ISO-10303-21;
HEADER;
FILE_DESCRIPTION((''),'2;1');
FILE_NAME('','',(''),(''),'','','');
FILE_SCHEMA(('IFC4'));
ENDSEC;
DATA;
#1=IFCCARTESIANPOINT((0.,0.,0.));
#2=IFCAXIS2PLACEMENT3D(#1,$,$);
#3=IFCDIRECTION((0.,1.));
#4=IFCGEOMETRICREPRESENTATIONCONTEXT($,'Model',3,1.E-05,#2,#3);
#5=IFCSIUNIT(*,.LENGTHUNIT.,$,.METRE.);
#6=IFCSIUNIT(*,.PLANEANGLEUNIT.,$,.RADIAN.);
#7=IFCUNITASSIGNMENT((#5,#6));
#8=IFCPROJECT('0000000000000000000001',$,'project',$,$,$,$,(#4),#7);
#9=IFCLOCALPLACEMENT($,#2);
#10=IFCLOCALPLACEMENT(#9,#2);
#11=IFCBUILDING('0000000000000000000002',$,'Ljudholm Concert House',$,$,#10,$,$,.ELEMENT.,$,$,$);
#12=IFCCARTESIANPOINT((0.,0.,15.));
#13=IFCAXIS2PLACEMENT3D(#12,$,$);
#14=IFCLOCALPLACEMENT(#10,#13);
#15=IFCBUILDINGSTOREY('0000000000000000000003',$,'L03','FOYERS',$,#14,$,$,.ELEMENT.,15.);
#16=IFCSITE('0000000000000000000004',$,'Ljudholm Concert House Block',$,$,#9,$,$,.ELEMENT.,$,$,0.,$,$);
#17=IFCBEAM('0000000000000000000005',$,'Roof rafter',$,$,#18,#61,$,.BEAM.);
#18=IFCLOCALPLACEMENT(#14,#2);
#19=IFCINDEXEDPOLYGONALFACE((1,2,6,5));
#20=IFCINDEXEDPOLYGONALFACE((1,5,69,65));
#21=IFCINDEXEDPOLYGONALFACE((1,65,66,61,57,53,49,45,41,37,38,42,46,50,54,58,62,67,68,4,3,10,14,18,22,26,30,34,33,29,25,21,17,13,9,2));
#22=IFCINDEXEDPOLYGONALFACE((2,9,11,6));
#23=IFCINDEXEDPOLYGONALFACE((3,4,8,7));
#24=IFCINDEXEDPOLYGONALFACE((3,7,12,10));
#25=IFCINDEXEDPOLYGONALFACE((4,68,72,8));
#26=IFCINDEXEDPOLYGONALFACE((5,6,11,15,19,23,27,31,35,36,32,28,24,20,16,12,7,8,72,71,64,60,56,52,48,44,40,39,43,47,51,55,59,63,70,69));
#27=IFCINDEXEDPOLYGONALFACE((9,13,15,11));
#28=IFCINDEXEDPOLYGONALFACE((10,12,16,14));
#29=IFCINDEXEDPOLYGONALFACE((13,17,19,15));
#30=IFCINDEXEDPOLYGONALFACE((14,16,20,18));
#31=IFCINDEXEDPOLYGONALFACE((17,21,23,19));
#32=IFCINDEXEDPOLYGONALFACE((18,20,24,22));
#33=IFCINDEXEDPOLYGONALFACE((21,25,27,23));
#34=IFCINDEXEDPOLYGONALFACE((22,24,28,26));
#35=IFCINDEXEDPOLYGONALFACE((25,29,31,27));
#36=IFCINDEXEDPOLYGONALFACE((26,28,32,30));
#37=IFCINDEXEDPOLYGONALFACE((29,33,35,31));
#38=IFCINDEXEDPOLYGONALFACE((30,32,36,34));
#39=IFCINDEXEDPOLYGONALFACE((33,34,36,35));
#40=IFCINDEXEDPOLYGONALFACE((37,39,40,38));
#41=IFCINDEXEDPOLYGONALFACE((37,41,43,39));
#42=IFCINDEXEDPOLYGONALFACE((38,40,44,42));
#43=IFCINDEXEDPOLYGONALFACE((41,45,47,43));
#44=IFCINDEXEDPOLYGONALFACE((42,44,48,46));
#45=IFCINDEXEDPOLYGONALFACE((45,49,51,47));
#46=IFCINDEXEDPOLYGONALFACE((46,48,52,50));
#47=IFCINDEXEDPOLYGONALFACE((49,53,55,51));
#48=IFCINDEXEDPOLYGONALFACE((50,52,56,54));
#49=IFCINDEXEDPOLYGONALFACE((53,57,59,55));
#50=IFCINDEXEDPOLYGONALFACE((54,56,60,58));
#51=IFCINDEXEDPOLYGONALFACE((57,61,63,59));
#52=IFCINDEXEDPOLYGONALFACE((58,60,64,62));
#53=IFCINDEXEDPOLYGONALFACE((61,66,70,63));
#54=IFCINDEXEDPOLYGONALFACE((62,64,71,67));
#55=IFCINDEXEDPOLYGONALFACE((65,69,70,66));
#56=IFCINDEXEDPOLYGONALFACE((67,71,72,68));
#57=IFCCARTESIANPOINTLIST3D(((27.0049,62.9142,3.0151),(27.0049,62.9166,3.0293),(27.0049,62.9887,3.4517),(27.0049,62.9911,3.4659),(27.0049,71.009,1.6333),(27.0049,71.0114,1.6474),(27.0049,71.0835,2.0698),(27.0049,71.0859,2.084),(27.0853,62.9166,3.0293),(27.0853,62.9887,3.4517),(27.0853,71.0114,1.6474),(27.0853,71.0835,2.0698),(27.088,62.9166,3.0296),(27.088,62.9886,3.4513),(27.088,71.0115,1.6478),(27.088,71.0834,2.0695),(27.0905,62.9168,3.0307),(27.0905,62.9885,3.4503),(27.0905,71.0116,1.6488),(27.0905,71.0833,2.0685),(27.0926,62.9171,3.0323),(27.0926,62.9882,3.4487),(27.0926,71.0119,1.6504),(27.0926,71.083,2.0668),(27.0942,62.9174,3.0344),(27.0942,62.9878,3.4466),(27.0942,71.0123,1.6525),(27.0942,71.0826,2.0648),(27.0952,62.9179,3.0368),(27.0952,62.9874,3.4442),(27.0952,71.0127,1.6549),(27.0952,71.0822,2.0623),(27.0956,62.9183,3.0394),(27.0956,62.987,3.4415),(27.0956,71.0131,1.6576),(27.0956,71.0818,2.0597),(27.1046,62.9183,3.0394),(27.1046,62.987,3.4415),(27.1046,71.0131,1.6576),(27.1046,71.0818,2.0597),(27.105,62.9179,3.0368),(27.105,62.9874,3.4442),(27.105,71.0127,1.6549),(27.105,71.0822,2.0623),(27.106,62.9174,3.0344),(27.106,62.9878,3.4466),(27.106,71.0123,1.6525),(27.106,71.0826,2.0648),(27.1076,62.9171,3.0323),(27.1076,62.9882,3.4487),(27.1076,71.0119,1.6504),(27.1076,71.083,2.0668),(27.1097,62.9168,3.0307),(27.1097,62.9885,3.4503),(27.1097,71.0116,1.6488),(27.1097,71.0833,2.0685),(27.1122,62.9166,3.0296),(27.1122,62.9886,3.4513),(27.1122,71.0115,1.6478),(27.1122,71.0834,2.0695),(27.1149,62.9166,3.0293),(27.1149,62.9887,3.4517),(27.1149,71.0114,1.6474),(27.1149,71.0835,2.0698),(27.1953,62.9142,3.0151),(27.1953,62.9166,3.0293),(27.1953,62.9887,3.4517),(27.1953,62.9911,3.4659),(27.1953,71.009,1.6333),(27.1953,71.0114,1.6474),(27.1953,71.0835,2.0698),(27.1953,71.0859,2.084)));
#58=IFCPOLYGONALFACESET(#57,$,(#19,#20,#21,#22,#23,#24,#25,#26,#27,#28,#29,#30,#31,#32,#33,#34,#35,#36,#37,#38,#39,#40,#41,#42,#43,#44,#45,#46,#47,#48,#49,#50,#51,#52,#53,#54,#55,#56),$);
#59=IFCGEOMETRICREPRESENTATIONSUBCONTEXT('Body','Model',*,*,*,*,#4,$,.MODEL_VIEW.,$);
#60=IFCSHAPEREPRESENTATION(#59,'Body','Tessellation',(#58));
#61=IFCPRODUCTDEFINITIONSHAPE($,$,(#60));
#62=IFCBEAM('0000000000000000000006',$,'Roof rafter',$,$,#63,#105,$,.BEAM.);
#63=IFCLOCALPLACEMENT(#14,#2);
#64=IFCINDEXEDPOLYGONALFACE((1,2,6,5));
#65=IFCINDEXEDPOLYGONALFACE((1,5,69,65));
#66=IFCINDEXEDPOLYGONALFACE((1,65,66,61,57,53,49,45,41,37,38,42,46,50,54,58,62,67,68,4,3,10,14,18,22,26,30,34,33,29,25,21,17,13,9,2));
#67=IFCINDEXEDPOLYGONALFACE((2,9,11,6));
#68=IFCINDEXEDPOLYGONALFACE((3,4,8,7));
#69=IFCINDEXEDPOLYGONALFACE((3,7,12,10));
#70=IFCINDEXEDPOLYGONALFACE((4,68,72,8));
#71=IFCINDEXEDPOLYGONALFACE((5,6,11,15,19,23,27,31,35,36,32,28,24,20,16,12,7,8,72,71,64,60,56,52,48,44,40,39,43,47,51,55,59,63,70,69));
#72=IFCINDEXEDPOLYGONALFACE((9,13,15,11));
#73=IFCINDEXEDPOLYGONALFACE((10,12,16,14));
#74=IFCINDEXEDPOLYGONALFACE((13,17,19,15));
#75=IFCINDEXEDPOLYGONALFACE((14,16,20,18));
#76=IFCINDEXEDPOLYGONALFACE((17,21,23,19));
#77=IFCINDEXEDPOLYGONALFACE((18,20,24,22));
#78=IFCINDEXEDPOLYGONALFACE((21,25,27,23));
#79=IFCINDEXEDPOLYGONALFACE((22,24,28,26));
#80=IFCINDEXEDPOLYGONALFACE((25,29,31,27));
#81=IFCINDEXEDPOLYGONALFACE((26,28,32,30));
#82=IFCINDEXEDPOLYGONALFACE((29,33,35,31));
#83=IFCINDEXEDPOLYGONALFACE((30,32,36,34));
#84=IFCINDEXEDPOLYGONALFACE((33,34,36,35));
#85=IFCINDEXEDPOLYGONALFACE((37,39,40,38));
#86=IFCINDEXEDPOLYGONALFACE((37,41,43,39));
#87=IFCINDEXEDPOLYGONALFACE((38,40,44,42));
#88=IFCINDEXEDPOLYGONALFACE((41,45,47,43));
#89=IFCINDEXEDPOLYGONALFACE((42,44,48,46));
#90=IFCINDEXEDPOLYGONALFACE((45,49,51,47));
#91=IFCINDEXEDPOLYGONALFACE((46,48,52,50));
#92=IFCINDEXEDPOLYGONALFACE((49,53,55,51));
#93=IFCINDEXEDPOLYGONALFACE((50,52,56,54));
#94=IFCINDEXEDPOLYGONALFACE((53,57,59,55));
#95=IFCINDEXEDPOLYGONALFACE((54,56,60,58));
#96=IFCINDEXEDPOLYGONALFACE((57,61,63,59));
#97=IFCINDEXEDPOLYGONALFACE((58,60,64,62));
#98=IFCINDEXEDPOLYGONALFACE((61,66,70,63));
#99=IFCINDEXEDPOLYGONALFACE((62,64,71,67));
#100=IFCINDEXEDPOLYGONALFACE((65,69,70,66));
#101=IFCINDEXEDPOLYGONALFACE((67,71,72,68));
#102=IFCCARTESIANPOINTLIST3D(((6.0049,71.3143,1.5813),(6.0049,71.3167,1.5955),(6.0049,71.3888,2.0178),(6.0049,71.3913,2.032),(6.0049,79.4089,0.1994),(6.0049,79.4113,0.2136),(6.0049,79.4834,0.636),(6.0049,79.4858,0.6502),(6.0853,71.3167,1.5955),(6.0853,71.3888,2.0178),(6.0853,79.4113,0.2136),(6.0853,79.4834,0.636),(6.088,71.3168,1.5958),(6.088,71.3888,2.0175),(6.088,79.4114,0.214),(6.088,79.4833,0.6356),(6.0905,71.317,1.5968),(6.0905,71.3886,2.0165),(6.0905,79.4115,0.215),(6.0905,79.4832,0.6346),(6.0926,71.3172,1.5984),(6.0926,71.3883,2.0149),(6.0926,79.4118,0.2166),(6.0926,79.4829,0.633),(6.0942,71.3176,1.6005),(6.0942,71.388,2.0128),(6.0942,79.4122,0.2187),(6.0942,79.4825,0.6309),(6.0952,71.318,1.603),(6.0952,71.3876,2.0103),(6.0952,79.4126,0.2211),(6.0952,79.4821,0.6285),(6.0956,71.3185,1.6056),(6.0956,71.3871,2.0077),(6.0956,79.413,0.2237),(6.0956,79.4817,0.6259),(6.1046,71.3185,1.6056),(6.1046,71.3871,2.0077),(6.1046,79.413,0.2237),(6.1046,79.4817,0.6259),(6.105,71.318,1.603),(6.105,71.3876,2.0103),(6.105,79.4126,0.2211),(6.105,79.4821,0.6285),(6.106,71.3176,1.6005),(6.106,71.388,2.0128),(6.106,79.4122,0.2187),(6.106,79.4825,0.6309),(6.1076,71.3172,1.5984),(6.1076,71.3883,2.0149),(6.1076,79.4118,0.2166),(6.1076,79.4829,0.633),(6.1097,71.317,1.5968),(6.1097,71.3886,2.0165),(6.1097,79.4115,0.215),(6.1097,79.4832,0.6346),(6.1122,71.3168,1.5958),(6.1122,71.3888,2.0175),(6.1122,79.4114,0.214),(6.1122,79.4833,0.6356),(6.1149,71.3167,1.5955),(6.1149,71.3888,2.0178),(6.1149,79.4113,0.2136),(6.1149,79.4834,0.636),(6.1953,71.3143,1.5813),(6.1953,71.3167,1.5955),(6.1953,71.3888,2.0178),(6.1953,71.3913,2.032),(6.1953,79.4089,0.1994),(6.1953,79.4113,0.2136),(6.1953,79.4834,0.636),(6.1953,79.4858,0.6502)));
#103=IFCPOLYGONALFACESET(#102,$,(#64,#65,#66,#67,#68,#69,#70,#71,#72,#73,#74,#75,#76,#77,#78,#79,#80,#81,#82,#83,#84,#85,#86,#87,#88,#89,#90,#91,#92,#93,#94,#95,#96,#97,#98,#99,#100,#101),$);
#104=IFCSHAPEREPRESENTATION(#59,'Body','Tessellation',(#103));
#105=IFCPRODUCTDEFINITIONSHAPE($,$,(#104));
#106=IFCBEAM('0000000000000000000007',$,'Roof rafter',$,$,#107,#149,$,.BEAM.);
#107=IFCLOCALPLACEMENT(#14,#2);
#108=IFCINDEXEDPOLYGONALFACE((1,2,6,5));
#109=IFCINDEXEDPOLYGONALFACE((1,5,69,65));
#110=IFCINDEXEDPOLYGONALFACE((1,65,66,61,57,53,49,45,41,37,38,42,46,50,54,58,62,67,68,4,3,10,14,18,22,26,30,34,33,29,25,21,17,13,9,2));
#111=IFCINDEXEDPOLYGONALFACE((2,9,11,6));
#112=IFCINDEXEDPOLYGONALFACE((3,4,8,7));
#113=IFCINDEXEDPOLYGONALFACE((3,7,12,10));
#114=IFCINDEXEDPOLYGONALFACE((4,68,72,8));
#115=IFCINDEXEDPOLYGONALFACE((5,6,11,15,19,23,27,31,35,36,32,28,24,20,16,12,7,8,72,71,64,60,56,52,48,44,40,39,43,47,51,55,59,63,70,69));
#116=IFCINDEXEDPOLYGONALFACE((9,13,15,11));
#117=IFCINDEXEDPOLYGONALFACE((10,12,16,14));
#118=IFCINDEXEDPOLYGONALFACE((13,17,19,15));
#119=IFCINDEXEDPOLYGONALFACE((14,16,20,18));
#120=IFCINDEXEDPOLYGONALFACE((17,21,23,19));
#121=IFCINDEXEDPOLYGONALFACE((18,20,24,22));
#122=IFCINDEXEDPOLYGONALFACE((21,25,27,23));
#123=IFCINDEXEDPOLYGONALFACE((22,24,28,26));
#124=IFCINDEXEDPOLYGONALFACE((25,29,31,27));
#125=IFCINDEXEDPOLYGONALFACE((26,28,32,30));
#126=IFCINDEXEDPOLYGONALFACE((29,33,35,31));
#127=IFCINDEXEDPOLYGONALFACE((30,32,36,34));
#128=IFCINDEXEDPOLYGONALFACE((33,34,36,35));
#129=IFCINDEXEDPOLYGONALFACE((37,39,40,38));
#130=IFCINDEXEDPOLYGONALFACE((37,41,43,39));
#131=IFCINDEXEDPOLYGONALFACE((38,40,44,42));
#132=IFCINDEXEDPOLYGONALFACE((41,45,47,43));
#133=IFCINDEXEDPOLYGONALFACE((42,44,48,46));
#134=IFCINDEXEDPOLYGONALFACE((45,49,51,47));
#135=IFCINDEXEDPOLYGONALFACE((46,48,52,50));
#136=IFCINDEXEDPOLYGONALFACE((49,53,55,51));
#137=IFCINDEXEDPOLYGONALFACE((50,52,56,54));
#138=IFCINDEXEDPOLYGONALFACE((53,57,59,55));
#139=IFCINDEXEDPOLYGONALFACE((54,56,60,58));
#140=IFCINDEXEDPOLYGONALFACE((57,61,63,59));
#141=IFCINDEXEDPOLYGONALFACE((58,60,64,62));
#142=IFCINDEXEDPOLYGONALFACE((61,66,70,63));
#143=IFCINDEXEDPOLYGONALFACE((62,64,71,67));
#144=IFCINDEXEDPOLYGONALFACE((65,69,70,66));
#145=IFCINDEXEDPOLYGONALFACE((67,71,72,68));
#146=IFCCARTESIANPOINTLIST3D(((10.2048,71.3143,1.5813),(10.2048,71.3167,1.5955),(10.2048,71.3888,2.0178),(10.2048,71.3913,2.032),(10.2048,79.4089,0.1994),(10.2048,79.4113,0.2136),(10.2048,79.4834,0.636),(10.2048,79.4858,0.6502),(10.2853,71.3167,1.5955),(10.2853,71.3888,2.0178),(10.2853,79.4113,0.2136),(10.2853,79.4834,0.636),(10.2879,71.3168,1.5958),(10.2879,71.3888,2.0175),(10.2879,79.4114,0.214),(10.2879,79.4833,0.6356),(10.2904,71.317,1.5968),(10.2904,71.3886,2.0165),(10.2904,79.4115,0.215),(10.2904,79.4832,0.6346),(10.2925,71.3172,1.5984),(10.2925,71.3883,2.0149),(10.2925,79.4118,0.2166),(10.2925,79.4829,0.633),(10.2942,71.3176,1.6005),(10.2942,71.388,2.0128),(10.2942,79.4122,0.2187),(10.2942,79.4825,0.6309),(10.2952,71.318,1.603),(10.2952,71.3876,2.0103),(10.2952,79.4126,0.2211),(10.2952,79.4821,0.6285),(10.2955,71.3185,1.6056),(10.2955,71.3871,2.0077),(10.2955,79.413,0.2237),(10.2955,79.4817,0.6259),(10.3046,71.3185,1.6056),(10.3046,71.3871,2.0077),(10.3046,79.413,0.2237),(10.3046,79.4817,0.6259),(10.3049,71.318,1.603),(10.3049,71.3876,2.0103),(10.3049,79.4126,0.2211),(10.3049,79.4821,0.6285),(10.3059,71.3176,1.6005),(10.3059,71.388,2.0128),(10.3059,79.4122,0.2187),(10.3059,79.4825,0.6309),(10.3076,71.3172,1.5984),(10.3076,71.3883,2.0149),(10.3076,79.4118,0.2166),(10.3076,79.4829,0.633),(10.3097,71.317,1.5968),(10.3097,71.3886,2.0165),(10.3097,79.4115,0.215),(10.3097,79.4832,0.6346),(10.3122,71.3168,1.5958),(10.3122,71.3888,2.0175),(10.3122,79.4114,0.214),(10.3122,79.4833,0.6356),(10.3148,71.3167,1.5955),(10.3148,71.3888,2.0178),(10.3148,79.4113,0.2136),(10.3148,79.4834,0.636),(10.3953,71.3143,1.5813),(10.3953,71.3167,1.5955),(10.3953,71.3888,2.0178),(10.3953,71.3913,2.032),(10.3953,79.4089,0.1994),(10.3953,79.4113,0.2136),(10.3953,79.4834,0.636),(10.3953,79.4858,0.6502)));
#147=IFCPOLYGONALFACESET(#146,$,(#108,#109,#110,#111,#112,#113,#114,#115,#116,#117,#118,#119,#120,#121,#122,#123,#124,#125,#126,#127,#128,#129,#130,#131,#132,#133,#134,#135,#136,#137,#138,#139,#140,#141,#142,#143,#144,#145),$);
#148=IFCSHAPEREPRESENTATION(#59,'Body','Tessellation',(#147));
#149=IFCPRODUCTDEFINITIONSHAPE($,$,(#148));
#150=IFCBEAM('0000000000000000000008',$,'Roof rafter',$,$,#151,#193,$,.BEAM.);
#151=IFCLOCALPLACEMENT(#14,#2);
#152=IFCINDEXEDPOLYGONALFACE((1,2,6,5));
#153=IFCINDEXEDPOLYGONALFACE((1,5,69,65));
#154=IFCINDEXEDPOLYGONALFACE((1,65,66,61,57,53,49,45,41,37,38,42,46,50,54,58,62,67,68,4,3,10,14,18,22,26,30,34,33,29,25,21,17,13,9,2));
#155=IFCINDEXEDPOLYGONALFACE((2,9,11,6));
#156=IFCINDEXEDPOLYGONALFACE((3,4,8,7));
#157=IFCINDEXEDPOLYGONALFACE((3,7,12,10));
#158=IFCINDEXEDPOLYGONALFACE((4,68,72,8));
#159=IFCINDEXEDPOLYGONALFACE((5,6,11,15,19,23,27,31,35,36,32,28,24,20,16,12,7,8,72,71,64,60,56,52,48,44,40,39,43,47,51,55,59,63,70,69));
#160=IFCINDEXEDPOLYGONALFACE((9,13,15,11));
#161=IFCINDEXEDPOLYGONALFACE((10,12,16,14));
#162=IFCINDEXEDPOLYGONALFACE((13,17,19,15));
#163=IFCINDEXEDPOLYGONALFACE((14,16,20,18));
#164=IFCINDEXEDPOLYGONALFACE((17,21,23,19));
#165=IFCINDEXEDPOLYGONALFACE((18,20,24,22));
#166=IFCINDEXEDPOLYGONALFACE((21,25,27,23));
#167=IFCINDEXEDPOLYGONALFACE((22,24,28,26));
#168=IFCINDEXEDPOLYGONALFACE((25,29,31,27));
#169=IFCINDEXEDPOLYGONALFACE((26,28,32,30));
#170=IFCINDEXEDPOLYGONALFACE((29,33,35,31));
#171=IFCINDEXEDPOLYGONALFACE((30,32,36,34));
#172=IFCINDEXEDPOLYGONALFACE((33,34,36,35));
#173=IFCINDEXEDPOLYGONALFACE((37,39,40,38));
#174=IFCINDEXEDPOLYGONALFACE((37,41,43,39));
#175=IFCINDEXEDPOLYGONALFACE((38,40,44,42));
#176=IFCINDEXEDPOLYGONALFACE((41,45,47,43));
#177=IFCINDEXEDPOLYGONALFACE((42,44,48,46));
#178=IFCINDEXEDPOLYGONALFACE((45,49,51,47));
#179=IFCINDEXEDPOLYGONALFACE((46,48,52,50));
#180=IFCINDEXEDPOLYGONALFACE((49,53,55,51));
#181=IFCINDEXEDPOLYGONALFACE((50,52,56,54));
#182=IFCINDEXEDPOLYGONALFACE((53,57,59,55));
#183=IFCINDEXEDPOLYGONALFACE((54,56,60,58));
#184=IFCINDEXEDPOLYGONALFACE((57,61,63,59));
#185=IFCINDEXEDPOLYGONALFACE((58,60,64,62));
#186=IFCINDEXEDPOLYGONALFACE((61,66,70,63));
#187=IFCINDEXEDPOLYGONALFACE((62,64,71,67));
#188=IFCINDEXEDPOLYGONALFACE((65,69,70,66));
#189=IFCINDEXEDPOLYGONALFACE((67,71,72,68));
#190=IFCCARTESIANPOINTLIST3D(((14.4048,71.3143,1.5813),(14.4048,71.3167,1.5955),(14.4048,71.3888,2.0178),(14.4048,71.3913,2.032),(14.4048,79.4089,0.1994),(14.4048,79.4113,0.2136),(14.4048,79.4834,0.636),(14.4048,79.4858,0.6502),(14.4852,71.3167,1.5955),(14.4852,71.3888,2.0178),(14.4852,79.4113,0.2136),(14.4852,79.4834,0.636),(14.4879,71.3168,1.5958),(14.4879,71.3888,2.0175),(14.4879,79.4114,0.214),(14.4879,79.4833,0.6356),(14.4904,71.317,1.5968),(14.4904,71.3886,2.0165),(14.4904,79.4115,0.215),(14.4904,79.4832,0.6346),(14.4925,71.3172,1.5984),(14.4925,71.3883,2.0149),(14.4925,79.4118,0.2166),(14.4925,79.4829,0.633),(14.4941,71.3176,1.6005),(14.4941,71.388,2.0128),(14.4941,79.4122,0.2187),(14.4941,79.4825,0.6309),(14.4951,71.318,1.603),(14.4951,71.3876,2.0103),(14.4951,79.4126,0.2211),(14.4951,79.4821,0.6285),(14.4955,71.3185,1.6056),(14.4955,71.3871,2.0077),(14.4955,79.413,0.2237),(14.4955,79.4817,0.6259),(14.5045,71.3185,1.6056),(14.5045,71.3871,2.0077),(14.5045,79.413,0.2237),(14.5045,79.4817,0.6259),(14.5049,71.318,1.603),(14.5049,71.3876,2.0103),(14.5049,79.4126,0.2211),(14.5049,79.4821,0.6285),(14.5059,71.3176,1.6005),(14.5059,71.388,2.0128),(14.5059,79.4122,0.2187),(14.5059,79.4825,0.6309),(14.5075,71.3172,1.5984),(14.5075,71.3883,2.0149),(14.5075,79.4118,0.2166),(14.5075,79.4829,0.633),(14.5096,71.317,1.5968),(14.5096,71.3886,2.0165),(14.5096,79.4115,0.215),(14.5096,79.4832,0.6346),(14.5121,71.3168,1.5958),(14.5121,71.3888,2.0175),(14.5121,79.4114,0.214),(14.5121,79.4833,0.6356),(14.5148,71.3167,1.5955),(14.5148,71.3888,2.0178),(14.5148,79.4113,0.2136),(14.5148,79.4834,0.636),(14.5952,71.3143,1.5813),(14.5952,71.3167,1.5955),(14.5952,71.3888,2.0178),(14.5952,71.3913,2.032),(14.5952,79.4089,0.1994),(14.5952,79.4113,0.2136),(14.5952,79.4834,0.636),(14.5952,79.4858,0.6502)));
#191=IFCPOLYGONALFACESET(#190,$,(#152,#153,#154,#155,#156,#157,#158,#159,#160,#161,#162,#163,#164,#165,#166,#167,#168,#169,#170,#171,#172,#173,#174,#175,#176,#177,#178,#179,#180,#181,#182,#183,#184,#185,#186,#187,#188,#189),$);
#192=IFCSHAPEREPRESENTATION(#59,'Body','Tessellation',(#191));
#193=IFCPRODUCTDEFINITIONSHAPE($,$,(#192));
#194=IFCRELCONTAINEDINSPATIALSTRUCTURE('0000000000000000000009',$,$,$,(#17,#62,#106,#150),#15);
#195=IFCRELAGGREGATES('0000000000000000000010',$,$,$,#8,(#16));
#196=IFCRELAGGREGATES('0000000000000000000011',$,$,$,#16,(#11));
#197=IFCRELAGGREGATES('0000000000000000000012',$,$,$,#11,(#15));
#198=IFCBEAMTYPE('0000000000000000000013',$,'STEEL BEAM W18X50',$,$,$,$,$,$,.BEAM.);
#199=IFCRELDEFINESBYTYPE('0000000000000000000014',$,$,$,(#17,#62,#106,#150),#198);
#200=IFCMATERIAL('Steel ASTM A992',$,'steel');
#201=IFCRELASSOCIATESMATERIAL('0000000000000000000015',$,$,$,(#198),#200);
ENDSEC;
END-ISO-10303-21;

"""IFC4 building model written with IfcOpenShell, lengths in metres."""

from ifc_helpers import new_model, si_unit, direction, frame, origin, origin_2d, place, context, subcontext, project, spatial, i_section, extrude, material, material_profile, profile_set, type_object, element, save


model = new_model("IFC4")

# Units and contexts
model_context = context("Model", 3, precision=1e-05, world=origin(), true_north=direction((0.0, 1.0)))
body_context = subcontext(model_context, "Body", "Model", "MODEL_VIEW")
ifc_project = project(units=[si_unit("LENGTHUNIT", "METRE"), si_unit("PLANEANGLEUNIT", "RADIAN")], contexts=[model_context])

# Site, building, storey
site_placement = place(None, origin())
site = spatial("IfcSite", under=ifc_project, at=site_placement, Name="Ljudholm Concert House Block", CompositionType="ELEMENT", RefElevation=0.0)
building_placement = place(site_placement, origin())
building = spatial("IfcBuilding", under=site, at=building_placement, Name="Ljudholm Concert House", CompositionType="ELEMENT")
storey_placement = place(building_placement, frame((0.0, 0.0, 15.0)))
storey = spatial("IfcBuildingStorey", under=building, at=storey_placement, Name="L03", Description="FOYERS", CompositionType="ELEMENT", Elevation=15.0)

# Beams
ifc_material_1 = material(Name="Steel ASTM A992", Category="steel")
ifc_material_profile_1 = material_profile(ifc_material_1, i_section(OverallWidth=0.1904, OverallDepth=0.4573, WebThickness=0.009, FlangeThickness=0.0144, FilletRadius=0.0103, at=origin_2d()), Name="W18X50")
ifc_profile_set_1 = profile_set([ifc_material_profile_1], Name="Steel ASTM A992")
beam_type_1 = type_object("IfcBeamType", Name="STEEL BEAM W18X50", PredefinedType="BEAM", material=ifc_profile_set_1)
for number, where, z_axis, x_axis, name in (
    (1, (27.1001, 62.9526, 3.2405), (0.0, 0.98574, -0.168274), (-1.0, 0.0, 0.0), "Roof rafter"),
):
    element("IfcBeam", number, at=place(storey_placement, frame(where, z_axis=z_axis, x_axis=x_axis)), inside=storey, type_object=beam_type_1, Name=name, PredefinedType="BEAM", context=body_context, shape_type="SweptSolid", body=[
        extrude(i_section(OverallWidth=0.1904, OverallDepth=0.4573, WebThickness=0.009, FlangeThickness=0.0144, FilletRadius=0.0103, at=origin_2d()), origin(), (0.0, 0.0, 1.0), 8.2119),
    ])
for number, where, z_axis, x_axis, name in (
    (2, (6.1001, 71.3528, 1.8066), (0.0, 0.985739, -0.168279), (-1.0, 0.0, 0.0), "Roof rafter"),
    (3, (10.3, 71.3528, 1.8066), (0.0, 0.985739, -0.168279), (-1.0, 0.0, 0.0), "Roof rafter"),
    (4, (14.5, 71.3528, 1.8066), (0.0, 0.985739, -0.168279), (-1.0, 0.0, 0.0), "Roof rafter"),
):
    element("IfcBeam", number, at=place(storey_placement, frame(where, z_axis=z_axis, x_axis=x_axis)), inside=storey, type_object=beam_type_1, Name=name, PredefinedType="BEAM", context=body_context, shape_type="SweptSolid", body=[
        extrude(i_section(OverallWidth=0.1904, OverallDepth=0.4573, WebThickness=0.009, FlangeThickness=0.0144, FilletRadius=0.0103, at=origin_2d()), origin(), (0.0, 0.0, 1.0), 8.2117),
    ])

save(model, "model.ifc")
